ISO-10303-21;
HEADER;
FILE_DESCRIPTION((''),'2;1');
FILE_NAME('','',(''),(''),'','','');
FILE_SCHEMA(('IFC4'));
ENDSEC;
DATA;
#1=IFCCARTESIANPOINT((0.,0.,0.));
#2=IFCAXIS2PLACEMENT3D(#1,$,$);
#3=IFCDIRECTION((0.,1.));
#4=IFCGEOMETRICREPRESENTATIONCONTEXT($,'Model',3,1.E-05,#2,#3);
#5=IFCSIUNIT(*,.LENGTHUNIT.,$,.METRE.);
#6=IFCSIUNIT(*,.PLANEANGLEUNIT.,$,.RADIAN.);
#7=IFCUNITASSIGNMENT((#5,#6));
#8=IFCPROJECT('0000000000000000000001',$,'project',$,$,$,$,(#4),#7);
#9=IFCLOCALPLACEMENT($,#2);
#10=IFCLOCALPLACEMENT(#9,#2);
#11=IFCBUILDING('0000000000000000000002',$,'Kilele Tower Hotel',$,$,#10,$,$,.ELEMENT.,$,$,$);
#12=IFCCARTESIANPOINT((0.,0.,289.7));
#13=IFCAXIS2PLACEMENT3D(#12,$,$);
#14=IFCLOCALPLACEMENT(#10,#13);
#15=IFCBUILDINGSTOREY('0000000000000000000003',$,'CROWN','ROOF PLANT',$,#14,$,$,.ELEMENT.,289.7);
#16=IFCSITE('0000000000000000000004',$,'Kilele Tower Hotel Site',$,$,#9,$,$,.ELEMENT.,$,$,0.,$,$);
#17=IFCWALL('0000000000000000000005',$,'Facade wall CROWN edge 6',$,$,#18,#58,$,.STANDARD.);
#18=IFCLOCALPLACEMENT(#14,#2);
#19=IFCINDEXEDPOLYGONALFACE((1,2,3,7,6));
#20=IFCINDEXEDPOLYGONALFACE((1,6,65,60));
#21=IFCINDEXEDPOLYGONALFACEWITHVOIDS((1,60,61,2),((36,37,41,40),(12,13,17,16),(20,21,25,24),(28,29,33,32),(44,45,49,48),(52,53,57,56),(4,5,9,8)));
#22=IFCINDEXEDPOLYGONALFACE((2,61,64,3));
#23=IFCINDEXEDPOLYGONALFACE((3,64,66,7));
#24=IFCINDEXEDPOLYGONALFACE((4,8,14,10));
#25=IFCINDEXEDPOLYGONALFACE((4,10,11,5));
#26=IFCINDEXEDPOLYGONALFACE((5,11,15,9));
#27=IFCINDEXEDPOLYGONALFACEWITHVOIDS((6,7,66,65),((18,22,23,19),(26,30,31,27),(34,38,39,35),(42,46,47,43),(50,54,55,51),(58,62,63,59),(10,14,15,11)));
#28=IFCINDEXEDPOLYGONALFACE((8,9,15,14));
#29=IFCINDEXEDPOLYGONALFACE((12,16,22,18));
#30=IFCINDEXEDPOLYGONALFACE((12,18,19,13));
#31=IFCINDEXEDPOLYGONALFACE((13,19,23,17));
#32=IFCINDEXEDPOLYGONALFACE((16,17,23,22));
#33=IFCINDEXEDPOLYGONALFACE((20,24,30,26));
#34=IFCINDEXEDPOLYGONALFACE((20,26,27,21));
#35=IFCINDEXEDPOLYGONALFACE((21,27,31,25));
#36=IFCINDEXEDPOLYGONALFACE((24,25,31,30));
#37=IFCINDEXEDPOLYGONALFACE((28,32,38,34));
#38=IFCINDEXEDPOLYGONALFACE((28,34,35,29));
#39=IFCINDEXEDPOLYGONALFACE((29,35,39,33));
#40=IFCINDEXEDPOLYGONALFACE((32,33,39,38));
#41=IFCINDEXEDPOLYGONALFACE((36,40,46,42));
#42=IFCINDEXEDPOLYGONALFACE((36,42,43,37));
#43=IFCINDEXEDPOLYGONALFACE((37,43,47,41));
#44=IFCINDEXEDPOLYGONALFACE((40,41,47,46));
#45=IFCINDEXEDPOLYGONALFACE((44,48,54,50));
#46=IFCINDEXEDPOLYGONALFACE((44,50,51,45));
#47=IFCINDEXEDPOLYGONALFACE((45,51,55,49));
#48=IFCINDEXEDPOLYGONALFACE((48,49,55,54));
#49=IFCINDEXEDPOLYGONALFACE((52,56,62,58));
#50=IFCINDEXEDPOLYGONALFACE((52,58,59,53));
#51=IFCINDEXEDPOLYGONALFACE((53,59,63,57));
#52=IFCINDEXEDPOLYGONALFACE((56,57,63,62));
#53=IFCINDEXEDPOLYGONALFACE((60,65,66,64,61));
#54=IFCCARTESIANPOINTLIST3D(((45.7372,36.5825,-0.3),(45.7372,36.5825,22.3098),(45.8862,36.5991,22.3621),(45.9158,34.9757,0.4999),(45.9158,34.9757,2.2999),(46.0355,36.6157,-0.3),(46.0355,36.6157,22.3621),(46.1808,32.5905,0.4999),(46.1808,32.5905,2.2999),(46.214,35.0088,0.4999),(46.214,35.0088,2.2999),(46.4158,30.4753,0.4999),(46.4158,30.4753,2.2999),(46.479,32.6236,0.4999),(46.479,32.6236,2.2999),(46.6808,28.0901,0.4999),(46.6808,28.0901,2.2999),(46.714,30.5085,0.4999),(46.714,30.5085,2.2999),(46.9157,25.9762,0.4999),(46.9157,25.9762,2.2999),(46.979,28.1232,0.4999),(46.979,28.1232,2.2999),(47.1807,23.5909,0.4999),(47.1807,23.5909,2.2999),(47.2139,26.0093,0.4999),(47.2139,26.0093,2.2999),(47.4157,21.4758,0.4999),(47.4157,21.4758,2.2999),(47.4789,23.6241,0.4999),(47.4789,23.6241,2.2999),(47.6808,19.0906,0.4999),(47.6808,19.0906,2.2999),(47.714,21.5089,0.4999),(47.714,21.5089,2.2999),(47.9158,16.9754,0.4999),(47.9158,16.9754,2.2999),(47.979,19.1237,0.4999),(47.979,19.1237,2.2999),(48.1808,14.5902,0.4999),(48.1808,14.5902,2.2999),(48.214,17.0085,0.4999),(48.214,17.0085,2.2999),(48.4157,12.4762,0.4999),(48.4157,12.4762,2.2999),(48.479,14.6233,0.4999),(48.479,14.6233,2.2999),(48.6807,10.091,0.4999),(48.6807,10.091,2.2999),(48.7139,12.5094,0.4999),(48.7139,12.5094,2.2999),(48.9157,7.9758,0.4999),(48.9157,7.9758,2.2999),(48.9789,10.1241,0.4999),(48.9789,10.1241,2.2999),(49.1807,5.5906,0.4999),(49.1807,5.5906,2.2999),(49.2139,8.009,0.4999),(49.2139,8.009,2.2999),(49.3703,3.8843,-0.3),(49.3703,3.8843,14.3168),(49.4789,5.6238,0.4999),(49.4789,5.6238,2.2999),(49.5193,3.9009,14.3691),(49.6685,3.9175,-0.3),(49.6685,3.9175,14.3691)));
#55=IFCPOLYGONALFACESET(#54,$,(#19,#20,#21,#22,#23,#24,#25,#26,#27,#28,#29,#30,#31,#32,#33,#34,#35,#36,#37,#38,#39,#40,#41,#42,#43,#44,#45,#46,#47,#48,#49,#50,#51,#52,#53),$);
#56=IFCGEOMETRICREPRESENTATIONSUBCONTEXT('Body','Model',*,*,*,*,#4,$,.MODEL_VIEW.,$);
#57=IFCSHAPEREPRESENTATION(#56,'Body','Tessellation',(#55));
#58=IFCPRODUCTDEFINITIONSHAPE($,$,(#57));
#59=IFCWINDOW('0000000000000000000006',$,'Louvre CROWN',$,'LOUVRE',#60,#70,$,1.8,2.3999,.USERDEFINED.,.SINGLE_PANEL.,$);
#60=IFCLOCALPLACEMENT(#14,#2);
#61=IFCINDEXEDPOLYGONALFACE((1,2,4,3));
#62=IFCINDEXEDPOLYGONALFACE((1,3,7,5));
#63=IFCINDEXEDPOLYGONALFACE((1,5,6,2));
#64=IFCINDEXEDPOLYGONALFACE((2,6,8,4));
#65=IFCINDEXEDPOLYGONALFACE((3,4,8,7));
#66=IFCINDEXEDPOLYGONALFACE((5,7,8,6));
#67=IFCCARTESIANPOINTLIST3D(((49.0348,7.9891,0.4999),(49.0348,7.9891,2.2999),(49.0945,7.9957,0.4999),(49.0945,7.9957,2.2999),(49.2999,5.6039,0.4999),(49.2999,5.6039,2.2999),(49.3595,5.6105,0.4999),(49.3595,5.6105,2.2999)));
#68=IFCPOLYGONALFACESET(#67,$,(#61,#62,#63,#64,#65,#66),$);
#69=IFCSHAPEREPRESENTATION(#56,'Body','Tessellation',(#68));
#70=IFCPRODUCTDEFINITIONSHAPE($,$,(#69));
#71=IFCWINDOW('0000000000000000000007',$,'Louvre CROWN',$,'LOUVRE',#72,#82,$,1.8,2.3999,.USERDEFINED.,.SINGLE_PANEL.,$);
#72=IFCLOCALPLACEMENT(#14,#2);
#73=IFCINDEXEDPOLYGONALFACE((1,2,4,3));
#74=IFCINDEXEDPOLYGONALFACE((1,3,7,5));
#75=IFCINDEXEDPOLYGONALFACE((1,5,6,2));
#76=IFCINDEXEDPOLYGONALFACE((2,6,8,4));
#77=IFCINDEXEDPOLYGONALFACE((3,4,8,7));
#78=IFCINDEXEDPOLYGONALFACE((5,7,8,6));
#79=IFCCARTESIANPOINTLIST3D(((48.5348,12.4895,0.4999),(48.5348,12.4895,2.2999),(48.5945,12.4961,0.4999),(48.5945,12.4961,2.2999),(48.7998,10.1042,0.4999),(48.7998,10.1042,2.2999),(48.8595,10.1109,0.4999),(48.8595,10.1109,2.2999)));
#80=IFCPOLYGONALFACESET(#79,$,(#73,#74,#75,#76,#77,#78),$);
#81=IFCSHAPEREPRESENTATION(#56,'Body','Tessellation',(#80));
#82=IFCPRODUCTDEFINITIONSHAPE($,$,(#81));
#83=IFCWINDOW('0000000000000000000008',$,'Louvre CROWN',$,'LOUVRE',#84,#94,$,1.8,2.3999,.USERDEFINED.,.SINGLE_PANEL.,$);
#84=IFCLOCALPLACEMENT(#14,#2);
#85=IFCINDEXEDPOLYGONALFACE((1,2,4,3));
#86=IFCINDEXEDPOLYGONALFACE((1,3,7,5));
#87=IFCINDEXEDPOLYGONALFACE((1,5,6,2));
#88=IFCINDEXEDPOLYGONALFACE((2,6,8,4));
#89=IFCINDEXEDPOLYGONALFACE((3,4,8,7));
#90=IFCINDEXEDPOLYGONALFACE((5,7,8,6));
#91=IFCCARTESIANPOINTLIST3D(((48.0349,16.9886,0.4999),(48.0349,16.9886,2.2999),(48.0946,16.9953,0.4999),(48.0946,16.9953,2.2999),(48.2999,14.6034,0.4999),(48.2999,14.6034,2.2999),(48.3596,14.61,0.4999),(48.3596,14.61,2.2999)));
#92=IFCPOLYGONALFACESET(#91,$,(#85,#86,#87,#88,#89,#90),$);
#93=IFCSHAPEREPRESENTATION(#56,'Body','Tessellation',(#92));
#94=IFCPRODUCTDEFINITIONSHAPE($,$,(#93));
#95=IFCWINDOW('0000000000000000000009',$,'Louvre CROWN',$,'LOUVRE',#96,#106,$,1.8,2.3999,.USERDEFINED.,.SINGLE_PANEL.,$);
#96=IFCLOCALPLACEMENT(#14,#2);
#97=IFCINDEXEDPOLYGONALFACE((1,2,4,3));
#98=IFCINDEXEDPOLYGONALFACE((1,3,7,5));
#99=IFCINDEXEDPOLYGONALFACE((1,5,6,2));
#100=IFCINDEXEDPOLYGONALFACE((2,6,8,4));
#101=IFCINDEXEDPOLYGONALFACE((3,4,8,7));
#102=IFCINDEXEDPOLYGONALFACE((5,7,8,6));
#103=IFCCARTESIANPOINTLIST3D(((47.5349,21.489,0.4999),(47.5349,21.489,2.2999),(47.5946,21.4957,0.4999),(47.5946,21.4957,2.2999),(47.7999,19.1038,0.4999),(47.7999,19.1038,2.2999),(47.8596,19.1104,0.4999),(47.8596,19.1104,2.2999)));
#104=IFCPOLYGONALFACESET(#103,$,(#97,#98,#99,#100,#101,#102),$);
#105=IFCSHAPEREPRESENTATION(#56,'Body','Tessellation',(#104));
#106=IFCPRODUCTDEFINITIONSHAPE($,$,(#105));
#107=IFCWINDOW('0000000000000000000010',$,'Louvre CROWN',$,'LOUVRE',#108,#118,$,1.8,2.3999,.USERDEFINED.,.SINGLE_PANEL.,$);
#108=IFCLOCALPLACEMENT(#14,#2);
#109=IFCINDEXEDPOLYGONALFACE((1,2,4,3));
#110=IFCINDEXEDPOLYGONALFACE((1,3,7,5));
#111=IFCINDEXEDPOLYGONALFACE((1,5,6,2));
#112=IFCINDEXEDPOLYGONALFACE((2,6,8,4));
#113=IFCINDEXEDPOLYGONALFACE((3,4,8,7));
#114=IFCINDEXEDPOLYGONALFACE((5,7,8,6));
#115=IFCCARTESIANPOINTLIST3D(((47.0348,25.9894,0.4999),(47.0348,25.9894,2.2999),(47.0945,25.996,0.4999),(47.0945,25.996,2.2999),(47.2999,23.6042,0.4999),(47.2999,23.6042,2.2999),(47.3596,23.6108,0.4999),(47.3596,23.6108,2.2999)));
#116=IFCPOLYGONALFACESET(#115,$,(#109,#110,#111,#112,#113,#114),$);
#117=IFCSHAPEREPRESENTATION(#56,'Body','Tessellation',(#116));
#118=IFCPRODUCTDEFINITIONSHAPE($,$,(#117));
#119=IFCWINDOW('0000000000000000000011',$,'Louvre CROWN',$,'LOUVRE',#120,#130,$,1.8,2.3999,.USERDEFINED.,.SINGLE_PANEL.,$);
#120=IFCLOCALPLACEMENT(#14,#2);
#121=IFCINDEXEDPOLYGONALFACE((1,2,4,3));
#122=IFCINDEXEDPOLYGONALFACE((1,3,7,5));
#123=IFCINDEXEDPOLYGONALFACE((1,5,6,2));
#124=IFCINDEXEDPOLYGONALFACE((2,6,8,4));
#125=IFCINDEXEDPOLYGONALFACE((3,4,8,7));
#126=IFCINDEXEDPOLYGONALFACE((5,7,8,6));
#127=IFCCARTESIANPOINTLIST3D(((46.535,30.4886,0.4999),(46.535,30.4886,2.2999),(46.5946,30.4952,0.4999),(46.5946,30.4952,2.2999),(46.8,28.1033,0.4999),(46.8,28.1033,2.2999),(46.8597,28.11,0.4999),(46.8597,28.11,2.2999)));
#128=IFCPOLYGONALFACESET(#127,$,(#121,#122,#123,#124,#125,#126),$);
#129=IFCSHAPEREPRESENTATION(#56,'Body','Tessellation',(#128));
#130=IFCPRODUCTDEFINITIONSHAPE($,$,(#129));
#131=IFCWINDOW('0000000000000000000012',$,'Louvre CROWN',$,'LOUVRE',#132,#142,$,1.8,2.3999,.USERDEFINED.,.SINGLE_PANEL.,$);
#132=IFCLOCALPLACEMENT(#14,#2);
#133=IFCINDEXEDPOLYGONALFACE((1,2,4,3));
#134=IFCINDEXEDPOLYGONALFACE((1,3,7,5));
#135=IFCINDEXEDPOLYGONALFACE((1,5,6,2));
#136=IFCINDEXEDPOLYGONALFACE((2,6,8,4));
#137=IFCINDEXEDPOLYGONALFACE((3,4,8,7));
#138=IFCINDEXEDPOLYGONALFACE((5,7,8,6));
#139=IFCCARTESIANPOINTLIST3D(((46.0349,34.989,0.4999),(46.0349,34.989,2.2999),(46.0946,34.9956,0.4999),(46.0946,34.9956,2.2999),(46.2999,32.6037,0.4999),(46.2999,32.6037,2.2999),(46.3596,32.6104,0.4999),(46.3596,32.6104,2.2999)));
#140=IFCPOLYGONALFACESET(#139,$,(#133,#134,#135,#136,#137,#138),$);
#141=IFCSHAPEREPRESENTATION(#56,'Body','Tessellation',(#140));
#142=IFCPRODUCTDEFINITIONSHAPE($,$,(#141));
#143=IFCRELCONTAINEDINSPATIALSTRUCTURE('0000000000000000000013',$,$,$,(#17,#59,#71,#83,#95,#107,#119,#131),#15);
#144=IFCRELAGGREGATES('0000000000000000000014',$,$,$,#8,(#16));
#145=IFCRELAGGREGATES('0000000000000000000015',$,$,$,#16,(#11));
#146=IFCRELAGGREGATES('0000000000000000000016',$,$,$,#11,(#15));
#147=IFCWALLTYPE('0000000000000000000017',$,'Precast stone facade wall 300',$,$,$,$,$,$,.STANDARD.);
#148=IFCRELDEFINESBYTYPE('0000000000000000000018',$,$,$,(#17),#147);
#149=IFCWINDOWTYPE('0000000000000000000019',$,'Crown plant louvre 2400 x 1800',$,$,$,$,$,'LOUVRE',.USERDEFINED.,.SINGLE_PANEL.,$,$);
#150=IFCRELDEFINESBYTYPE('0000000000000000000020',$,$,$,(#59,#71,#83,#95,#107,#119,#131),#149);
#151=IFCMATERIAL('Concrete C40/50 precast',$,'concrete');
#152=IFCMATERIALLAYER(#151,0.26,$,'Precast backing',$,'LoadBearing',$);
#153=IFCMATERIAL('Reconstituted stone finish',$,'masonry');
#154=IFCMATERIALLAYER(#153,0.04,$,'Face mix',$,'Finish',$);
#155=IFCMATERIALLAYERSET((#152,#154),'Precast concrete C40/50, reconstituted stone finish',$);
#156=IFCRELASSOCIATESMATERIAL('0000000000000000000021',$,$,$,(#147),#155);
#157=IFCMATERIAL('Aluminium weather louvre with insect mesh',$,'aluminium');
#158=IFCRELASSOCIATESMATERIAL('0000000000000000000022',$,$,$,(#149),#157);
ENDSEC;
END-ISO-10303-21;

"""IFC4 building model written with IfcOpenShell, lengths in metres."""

from ifc_helpers import new_model, si_unit, direction, frame, frame_2d, origin, place, context, subcontext, project, spatial, polyline, rectangle, outline, extrude, clip, halfspace, material, layer, layer_set, type_object, element, fill, save


model = new_model("IFC4")

# Units and contexts
model_context = context("Model", 3, precision=1e-05, world=origin(), true_north=direction((0.0, 1.0)))
body_context = subcontext(model_context, "Body", "Model", "MODEL_VIEW")
ifc_project = project(units=[si_unit("LENGTHUNIT", "METRE"), si_unit("PLANEANGLEUNIT", "RADIAN")], contexts=[model_context])

# Site, building, storey
site_placement = place(None, origin())
site = spatial("IfcSite", under=ifc_project, at=site_placement, Name="Kilele Tower Hotel Site", CompositionType="ELEMENT", RefElevation=0.0)
building_placement = place(site_placement, origin())
building = spatial("IfcBuilding", under=site, at=building_placement, Name="Kilele Tower Hotel", CompositionType="ELEMENT")
storey_placement = place(building_placement, frame((0.0, 0.0, 289.7)))
storey = spatial("IfcBuildingStorey", under=building, at=storey_placement, Name="CROWN", Description="ROOF PLANT", CompositionType="ELEMENT", Elevation=289.7)

# Shared definitions
ifc_material_1 = material(Name="Concrete C40/50 precast", Category="concrete")
ifc_layer_1 = layer(ifc_material_1, 0.26, Name="Precast backing", Category="LoadBearing")
ifc_material_2 = material(Name="Reconstituted stone finish", Category="masonry")
ifc_layer_2 = layer(ifc_material_2, 0.04, Name="Face mix", Category="Finish")
ifc_layer_set_1 = layer_set([ifc_layer_1, ifc_layer_2], Name="Precast concrete C40/50, reconstituted stone finish")
wall_type_1 = type_object("IfcWallType", Name="Precast stone facade wall 300", PredefinedType="STANDARD", material=ifc_layer_set_1)
ifc_material_3 = material(Name="Aluminium weather louvre with insect mesh", Category="aluminium")
window_type_1 = type_object("IfcWindowType", Name="Crown plant louvre 2400 x 1800", ElementType="LOUVRE", PartitioningType="SINGLE_PANEL", PredefinedType="USERDEFINED", material=ifc_material_3)

# Wall, openings, windows
wall_1_placement = place(storey_placement, frame((49.5193, 3.9009, -0.3), z_axis=(0.0, 0.0, 1.0), x_axis=(-0.110429, 0.993884, 0.0)))
wall_1 = element("IfcWall", 1, at=wall_1_placement, inside=storey, type_object=wall_type_1, Name="Facade wall CROWN edge 6", PredefinedType="STANDARD", context=body_context, shape_type="Clipping", body=[
    clip(extrude(outline(polyline([(0.0, 0.0), (32.8994, 0.0), (32.8994, 22.6621), (0.0, 14.6692), (0.0, 0.0)])), frame((0.0, 0.1499, 0.0), z_axis=(0.0, -1.0, 0.0), x_axis=(1.0, 0.0, 0.0)), (0.0, 0.0, 1.0), 0.3), halfspace(frame((0.0, 0.0, 14.6692), z_axis=(-0.223578, 0.321138, 0.920263), x_axis=(0.971733, 0.0, 0.236083)), False)),
])
opening_1_placement = place(wall_1_placement, frame((1.7168, 0.0, 0.8)))
opening_1 = element("IfcOpeningElement", 2, at=opening_1_placement, cuts=wall_1, PredefinedType="OPENING", context=body_context, shape_type="SweptSolid", body=[
    extrude(rectangle(XDim=2.3999, YDim=1.8, at=frame_2d((1.2, 0.8999))), frame((0.0, 0.1599, 0.0), z_axis=(0.0, -1.0, 0.0), x_axis=(1.0, 0.0, 0.0)), (0.0, 0.0, 1.0), 0.3201),
])
opening_2_placement = place(wall_1_placement, frame((6.2449, 0.0, 0.8)))
opening_2 = element("IfcOpeningElement", 3, at=opening_2_placement, cuts=wall_1, PredefinedType="OPENING", context=body_context, shape_type="SweptSolid", body=[
    extrude(rectangle(XDim=2.3999, YDim=1.8, at=frame_2d((1.2, 0.8999))), frame((0.0, 0.1599, 0.0), z_axis=(0.0, -1.0, 0.0), x_axis=(1.0, 0.0, 0.0)), (0.0, 0.0, 1.0), 0.3201),
])
opening_3_placement = place(wall_1_placement, frame((10.7717, 0.0, 0.8)))
opening_3 = element("IfcOpeningElement", 4, at=opening_3_placement, cuts=wall_1, PredefinedType="OPENING", context=body_context, shape_type="SweptSolid", body=[
    extrude(rectangle(XDim=2.3999, YDim=1.8, at=frame_2d((1.2, 0.8999))), frame((0.0, 0.1599, 0.0), z_axis=(0.0, -1.0, 0.0), x_axis=(1.0, 0.0, 0.0)), (0.0, 0.0, 1.0), 0.3201),
])
opening_4_placement = place(wall_1_placement, frame((15.2998, 0.0, 0.8)))
opening_4 = element("IfcOpeningElement", 5, at=opening_4_placement, cuts=wall_1, PredefinedType="OPENING", context=body_context, shape_type="SweptSolid", body=[
    extrude(rectangle(XDim=2.3999, YDim=1.8, at=frame_2d((1.2, 0.8999))), frame((0.0, 0.1599, 0.0), z_axis=(0.0, -1.0, 0.0), x_axis=(1.0, 0.0, 0.0)), (0.0, 0.0, 1.0), 0.3201),
])
opening_5_placement = place(wall_1_placement, frame((19.8279, 0.0, 0.8)))
opening_5 = element("IfcOpeningElement", 6, at=opening_5_placement, cuts=wall_1, PredefinedType="OPENING", context=body_context, shape_type="SweptSolid", body=[
    extrude(rectangle(XDim=2.3999, YDim=1.8, at=frame_2d((1.2, 0.8999))), frame((0.0, 0.1599, 0.0), z_axis=(0.0, -1.0, 0.0), x_axis=(1.0, 0.0, 0.0)), (0.0, 0.0, 1.0), 0.3201),
])
opening_6_placement = place(wall_1_placement, frame((24.3547, 0.0, 0.8)))
opening_6 = element("IfcOpeningElement", 7, at=opening_6_placement, cuts=wall_1, PredefinedType="OPENING", context=body_context, shape_type="SweptSolid", body=[
    extrude(rectangle(XDim=2.3999, YDim=1.8, at=frame_2d((1.2, 0.8999))), frame((0.0, 0.1599, 0.0), z_axis=(0.0, -1.0, 0.0), x_axis=(1.0, 0.0, 0.0)), (0.0, 0.0, 1.0), 0.3201),
])
opening_7_placement = place(wall_1_placement, frame((28.8828, 0.0, 0.8)))
opening_7 = element("IfcOpeningElement", 8, at=opening_7_placement, cuts=wall_1, PredefinedType="OPENING", context=body_context, shape_type="SweptSolid", body=[
    extrude(rectangle(XDim=2.3999, YDim=1.8, at=frame_2d((1.2, 0.8999))), frame((0.0, 0.1599, 0.0), z_axis=(0.0, -1.0, 0.0), x_axis=(1.0, 0.0, 0.0)), (0.0, 0.0, 1.0), 0.3201),
])
window_1_placement = place(opening_1_placement, origin())
window_1 = element("IfcWindow", 9, at=window_1_placement, inside=storey, type_object=window_type_1, Name="Louvre CROWN", ObjectType="LOUVRE", OverallHeight=1.8, OverallWidth=2.3999, PartitioningType="SINGLE_PANEL", PredefinedType="USERDEFINED", context=body_context, shape_type="SweptSolid", body=[
    extrude(rectangle(XDim=2.3999, YDim=1.8, at=frame_2d((1.2, 0.8999))), frame((0.0, 0.03, 0.0), z_axis=(0.0, -1.0, 0.0), x_axis=(1.0, 0.0, 0.0)), (0.0, 0.0, 1.0), 0.0601),
])
fill(opening_1, window_1)
window_2_placement = place(opening_2_placement, origin())
window_2 = element("IfcWindow", 10, at=window_2_placement, inside=storey, type_object=window_type_1, Name="Louvre CROWN", ObjectType="LOUVRE", OverallHeight=1.8, OverallWidth=2.3999, PartitioningType="SINGLE_PANEL", PredefinedType="USERDEFINED", context=body_context, shape_type="SweptSolid", body=[
    extrude(rectangle(XDim=2.3999, YDim=1.8, at=frame_2d((1.2, 0.8999))), frame((0.0, 0.03, 0.0), z_axis=(0.0, -1.0, 0.0), x_axis=(1.0, 0.0, 0.0)), (0.0, 0.0, 1.0), 0.0601),
])
fill(opening_2, window_2)
window_3_placement = place(opening_3_placement, origin())
window_3 = element("IfcWindow", 11, at=window_3_placement, inside=storey, type_object=window_type_1, Name="Louvre CROWN", ObjectType="LOUVRE", OverallHeight=1.8, OverallWidth=2.3999, PartitioningType="SINGLE_PANEL", PredefinedType="USERDEFINED", context=body_context, shape_type="SweptSolid", body=[
    extrude(rectangle(XDim=2.3999, YDim=1.8, at=frame_2d((1.2, 0.8999))), frame((0.0, 0.03, 0.0), z_axis=(0.0, -1.0, 0.0), x_axis=(1.0, 0.0, 0.0)), (0.0, 0.0, 1.0), 0.0601),
])
fill(opening_3, window_3)
window_4_placement = place(opening_4_placement, origin())
window_4 = element("IfcWindow", 12, at=window_4_placement, inside=storey, type_object=window_type_1, Name="Louvre CROWN", ObjectType="LOUVRE", OverallHeight=1.8, OverallWidth=2.3999, PartitioningType="SINGLE_PANEL", PredefinedType="USERDEFINED", context=body_context, shape_type="SweptSolid", body=[
    extrude(rectangle(XDim=2.3999, YDim=1.8, at=frame_2d((1.2, 0.8999))), frame((0.0, 0.03, 0.0), z_axis=(0.0, -1.0, 0.0), x_axis=(1.0, 0.0, 0.0)), (0.0, 0.0, 1.0), 0.0601),
])
fill(opening_4, window_4)
window_5_placement = place(opening_5_placement, origin())
window_5 = element("IfcWindow", 13, at=window_5_placement, inside=storey, type_object=window_type_1, Name="Louvre CROWN", ObjectType="LOUVRE", OverallHeight=1.8, OverallWidth=2.3999, PartitioningType="SINGLE_PANEL", PredefinedType="USERDEFINED", context=body_context, shape_type="SweptSolid", body=[
    extrude(rectangle(XDim=2.3999, YDim=1.8, at=frame_2d((1.2, 0.8999))), frame((0.0, 0.03, 0.0), z_axis=(0.0, -1.0, 0.0), x_axis=(1.0, 0.0, 0.0)), (0.0, 0.0, 1.0), 0.0601),
])
fill(opening_5, window_5)
window_6_placement = place(opening_6_placement, origin())
window_6 = element("IfcWindow", 14, at=window_6_placement, inside=storey, type_object=window_type_1, Name="Louvre CROWN", ObjectType="LOUVRE", OverallHeight=1.8, OverallWidth=2.3999, PartitioningType="SINGLE_PANEL", PredefinedType="USERDEFINED", context=body_context, shape_type="SweptSolid", body=[
    extrude(rectangle(XDim=2.3999, YDim=1.8, at=frame_2d((1.2, 0.8999))), frame((0.0, 0.03, 0.0), z_axis=(0.0, -1.0, 0.0), x_axis=(1.0, 0.0, 0.0)), (0.0, 0.0, 1.0), 0.0601),
])
fill(opening_6, window_6)
window_7_placement = place(opening_7_placement, origin())
window_7 = element("IfcWindow", 15, at=window_7_placement, inside=storey, type_object=window_type_1, Name="Louvre CROWN", ObjectType="LOUVRE", OverallHeight=1.8, OverallWidth=2.3999, PartitioningType="SINGLE_PANEL", PredefinedType="USERDEFINED", context=body_context, shape_type="SweptSolid", body=[
    extrude(rectangle(XDim=2.3999, YDim=1.8, at=frame_2d((1.2, 0.8999))), frame((0.0, 0.03, 0.0), z_axis=(0.0, -1.0, 0.0), x_axis=(1.0, 0.0, 0.0)), (0.0, 0.0, 1.0), 0.0601),
])
fill(opening_7, window_7)

save(model, "model.ifc")
